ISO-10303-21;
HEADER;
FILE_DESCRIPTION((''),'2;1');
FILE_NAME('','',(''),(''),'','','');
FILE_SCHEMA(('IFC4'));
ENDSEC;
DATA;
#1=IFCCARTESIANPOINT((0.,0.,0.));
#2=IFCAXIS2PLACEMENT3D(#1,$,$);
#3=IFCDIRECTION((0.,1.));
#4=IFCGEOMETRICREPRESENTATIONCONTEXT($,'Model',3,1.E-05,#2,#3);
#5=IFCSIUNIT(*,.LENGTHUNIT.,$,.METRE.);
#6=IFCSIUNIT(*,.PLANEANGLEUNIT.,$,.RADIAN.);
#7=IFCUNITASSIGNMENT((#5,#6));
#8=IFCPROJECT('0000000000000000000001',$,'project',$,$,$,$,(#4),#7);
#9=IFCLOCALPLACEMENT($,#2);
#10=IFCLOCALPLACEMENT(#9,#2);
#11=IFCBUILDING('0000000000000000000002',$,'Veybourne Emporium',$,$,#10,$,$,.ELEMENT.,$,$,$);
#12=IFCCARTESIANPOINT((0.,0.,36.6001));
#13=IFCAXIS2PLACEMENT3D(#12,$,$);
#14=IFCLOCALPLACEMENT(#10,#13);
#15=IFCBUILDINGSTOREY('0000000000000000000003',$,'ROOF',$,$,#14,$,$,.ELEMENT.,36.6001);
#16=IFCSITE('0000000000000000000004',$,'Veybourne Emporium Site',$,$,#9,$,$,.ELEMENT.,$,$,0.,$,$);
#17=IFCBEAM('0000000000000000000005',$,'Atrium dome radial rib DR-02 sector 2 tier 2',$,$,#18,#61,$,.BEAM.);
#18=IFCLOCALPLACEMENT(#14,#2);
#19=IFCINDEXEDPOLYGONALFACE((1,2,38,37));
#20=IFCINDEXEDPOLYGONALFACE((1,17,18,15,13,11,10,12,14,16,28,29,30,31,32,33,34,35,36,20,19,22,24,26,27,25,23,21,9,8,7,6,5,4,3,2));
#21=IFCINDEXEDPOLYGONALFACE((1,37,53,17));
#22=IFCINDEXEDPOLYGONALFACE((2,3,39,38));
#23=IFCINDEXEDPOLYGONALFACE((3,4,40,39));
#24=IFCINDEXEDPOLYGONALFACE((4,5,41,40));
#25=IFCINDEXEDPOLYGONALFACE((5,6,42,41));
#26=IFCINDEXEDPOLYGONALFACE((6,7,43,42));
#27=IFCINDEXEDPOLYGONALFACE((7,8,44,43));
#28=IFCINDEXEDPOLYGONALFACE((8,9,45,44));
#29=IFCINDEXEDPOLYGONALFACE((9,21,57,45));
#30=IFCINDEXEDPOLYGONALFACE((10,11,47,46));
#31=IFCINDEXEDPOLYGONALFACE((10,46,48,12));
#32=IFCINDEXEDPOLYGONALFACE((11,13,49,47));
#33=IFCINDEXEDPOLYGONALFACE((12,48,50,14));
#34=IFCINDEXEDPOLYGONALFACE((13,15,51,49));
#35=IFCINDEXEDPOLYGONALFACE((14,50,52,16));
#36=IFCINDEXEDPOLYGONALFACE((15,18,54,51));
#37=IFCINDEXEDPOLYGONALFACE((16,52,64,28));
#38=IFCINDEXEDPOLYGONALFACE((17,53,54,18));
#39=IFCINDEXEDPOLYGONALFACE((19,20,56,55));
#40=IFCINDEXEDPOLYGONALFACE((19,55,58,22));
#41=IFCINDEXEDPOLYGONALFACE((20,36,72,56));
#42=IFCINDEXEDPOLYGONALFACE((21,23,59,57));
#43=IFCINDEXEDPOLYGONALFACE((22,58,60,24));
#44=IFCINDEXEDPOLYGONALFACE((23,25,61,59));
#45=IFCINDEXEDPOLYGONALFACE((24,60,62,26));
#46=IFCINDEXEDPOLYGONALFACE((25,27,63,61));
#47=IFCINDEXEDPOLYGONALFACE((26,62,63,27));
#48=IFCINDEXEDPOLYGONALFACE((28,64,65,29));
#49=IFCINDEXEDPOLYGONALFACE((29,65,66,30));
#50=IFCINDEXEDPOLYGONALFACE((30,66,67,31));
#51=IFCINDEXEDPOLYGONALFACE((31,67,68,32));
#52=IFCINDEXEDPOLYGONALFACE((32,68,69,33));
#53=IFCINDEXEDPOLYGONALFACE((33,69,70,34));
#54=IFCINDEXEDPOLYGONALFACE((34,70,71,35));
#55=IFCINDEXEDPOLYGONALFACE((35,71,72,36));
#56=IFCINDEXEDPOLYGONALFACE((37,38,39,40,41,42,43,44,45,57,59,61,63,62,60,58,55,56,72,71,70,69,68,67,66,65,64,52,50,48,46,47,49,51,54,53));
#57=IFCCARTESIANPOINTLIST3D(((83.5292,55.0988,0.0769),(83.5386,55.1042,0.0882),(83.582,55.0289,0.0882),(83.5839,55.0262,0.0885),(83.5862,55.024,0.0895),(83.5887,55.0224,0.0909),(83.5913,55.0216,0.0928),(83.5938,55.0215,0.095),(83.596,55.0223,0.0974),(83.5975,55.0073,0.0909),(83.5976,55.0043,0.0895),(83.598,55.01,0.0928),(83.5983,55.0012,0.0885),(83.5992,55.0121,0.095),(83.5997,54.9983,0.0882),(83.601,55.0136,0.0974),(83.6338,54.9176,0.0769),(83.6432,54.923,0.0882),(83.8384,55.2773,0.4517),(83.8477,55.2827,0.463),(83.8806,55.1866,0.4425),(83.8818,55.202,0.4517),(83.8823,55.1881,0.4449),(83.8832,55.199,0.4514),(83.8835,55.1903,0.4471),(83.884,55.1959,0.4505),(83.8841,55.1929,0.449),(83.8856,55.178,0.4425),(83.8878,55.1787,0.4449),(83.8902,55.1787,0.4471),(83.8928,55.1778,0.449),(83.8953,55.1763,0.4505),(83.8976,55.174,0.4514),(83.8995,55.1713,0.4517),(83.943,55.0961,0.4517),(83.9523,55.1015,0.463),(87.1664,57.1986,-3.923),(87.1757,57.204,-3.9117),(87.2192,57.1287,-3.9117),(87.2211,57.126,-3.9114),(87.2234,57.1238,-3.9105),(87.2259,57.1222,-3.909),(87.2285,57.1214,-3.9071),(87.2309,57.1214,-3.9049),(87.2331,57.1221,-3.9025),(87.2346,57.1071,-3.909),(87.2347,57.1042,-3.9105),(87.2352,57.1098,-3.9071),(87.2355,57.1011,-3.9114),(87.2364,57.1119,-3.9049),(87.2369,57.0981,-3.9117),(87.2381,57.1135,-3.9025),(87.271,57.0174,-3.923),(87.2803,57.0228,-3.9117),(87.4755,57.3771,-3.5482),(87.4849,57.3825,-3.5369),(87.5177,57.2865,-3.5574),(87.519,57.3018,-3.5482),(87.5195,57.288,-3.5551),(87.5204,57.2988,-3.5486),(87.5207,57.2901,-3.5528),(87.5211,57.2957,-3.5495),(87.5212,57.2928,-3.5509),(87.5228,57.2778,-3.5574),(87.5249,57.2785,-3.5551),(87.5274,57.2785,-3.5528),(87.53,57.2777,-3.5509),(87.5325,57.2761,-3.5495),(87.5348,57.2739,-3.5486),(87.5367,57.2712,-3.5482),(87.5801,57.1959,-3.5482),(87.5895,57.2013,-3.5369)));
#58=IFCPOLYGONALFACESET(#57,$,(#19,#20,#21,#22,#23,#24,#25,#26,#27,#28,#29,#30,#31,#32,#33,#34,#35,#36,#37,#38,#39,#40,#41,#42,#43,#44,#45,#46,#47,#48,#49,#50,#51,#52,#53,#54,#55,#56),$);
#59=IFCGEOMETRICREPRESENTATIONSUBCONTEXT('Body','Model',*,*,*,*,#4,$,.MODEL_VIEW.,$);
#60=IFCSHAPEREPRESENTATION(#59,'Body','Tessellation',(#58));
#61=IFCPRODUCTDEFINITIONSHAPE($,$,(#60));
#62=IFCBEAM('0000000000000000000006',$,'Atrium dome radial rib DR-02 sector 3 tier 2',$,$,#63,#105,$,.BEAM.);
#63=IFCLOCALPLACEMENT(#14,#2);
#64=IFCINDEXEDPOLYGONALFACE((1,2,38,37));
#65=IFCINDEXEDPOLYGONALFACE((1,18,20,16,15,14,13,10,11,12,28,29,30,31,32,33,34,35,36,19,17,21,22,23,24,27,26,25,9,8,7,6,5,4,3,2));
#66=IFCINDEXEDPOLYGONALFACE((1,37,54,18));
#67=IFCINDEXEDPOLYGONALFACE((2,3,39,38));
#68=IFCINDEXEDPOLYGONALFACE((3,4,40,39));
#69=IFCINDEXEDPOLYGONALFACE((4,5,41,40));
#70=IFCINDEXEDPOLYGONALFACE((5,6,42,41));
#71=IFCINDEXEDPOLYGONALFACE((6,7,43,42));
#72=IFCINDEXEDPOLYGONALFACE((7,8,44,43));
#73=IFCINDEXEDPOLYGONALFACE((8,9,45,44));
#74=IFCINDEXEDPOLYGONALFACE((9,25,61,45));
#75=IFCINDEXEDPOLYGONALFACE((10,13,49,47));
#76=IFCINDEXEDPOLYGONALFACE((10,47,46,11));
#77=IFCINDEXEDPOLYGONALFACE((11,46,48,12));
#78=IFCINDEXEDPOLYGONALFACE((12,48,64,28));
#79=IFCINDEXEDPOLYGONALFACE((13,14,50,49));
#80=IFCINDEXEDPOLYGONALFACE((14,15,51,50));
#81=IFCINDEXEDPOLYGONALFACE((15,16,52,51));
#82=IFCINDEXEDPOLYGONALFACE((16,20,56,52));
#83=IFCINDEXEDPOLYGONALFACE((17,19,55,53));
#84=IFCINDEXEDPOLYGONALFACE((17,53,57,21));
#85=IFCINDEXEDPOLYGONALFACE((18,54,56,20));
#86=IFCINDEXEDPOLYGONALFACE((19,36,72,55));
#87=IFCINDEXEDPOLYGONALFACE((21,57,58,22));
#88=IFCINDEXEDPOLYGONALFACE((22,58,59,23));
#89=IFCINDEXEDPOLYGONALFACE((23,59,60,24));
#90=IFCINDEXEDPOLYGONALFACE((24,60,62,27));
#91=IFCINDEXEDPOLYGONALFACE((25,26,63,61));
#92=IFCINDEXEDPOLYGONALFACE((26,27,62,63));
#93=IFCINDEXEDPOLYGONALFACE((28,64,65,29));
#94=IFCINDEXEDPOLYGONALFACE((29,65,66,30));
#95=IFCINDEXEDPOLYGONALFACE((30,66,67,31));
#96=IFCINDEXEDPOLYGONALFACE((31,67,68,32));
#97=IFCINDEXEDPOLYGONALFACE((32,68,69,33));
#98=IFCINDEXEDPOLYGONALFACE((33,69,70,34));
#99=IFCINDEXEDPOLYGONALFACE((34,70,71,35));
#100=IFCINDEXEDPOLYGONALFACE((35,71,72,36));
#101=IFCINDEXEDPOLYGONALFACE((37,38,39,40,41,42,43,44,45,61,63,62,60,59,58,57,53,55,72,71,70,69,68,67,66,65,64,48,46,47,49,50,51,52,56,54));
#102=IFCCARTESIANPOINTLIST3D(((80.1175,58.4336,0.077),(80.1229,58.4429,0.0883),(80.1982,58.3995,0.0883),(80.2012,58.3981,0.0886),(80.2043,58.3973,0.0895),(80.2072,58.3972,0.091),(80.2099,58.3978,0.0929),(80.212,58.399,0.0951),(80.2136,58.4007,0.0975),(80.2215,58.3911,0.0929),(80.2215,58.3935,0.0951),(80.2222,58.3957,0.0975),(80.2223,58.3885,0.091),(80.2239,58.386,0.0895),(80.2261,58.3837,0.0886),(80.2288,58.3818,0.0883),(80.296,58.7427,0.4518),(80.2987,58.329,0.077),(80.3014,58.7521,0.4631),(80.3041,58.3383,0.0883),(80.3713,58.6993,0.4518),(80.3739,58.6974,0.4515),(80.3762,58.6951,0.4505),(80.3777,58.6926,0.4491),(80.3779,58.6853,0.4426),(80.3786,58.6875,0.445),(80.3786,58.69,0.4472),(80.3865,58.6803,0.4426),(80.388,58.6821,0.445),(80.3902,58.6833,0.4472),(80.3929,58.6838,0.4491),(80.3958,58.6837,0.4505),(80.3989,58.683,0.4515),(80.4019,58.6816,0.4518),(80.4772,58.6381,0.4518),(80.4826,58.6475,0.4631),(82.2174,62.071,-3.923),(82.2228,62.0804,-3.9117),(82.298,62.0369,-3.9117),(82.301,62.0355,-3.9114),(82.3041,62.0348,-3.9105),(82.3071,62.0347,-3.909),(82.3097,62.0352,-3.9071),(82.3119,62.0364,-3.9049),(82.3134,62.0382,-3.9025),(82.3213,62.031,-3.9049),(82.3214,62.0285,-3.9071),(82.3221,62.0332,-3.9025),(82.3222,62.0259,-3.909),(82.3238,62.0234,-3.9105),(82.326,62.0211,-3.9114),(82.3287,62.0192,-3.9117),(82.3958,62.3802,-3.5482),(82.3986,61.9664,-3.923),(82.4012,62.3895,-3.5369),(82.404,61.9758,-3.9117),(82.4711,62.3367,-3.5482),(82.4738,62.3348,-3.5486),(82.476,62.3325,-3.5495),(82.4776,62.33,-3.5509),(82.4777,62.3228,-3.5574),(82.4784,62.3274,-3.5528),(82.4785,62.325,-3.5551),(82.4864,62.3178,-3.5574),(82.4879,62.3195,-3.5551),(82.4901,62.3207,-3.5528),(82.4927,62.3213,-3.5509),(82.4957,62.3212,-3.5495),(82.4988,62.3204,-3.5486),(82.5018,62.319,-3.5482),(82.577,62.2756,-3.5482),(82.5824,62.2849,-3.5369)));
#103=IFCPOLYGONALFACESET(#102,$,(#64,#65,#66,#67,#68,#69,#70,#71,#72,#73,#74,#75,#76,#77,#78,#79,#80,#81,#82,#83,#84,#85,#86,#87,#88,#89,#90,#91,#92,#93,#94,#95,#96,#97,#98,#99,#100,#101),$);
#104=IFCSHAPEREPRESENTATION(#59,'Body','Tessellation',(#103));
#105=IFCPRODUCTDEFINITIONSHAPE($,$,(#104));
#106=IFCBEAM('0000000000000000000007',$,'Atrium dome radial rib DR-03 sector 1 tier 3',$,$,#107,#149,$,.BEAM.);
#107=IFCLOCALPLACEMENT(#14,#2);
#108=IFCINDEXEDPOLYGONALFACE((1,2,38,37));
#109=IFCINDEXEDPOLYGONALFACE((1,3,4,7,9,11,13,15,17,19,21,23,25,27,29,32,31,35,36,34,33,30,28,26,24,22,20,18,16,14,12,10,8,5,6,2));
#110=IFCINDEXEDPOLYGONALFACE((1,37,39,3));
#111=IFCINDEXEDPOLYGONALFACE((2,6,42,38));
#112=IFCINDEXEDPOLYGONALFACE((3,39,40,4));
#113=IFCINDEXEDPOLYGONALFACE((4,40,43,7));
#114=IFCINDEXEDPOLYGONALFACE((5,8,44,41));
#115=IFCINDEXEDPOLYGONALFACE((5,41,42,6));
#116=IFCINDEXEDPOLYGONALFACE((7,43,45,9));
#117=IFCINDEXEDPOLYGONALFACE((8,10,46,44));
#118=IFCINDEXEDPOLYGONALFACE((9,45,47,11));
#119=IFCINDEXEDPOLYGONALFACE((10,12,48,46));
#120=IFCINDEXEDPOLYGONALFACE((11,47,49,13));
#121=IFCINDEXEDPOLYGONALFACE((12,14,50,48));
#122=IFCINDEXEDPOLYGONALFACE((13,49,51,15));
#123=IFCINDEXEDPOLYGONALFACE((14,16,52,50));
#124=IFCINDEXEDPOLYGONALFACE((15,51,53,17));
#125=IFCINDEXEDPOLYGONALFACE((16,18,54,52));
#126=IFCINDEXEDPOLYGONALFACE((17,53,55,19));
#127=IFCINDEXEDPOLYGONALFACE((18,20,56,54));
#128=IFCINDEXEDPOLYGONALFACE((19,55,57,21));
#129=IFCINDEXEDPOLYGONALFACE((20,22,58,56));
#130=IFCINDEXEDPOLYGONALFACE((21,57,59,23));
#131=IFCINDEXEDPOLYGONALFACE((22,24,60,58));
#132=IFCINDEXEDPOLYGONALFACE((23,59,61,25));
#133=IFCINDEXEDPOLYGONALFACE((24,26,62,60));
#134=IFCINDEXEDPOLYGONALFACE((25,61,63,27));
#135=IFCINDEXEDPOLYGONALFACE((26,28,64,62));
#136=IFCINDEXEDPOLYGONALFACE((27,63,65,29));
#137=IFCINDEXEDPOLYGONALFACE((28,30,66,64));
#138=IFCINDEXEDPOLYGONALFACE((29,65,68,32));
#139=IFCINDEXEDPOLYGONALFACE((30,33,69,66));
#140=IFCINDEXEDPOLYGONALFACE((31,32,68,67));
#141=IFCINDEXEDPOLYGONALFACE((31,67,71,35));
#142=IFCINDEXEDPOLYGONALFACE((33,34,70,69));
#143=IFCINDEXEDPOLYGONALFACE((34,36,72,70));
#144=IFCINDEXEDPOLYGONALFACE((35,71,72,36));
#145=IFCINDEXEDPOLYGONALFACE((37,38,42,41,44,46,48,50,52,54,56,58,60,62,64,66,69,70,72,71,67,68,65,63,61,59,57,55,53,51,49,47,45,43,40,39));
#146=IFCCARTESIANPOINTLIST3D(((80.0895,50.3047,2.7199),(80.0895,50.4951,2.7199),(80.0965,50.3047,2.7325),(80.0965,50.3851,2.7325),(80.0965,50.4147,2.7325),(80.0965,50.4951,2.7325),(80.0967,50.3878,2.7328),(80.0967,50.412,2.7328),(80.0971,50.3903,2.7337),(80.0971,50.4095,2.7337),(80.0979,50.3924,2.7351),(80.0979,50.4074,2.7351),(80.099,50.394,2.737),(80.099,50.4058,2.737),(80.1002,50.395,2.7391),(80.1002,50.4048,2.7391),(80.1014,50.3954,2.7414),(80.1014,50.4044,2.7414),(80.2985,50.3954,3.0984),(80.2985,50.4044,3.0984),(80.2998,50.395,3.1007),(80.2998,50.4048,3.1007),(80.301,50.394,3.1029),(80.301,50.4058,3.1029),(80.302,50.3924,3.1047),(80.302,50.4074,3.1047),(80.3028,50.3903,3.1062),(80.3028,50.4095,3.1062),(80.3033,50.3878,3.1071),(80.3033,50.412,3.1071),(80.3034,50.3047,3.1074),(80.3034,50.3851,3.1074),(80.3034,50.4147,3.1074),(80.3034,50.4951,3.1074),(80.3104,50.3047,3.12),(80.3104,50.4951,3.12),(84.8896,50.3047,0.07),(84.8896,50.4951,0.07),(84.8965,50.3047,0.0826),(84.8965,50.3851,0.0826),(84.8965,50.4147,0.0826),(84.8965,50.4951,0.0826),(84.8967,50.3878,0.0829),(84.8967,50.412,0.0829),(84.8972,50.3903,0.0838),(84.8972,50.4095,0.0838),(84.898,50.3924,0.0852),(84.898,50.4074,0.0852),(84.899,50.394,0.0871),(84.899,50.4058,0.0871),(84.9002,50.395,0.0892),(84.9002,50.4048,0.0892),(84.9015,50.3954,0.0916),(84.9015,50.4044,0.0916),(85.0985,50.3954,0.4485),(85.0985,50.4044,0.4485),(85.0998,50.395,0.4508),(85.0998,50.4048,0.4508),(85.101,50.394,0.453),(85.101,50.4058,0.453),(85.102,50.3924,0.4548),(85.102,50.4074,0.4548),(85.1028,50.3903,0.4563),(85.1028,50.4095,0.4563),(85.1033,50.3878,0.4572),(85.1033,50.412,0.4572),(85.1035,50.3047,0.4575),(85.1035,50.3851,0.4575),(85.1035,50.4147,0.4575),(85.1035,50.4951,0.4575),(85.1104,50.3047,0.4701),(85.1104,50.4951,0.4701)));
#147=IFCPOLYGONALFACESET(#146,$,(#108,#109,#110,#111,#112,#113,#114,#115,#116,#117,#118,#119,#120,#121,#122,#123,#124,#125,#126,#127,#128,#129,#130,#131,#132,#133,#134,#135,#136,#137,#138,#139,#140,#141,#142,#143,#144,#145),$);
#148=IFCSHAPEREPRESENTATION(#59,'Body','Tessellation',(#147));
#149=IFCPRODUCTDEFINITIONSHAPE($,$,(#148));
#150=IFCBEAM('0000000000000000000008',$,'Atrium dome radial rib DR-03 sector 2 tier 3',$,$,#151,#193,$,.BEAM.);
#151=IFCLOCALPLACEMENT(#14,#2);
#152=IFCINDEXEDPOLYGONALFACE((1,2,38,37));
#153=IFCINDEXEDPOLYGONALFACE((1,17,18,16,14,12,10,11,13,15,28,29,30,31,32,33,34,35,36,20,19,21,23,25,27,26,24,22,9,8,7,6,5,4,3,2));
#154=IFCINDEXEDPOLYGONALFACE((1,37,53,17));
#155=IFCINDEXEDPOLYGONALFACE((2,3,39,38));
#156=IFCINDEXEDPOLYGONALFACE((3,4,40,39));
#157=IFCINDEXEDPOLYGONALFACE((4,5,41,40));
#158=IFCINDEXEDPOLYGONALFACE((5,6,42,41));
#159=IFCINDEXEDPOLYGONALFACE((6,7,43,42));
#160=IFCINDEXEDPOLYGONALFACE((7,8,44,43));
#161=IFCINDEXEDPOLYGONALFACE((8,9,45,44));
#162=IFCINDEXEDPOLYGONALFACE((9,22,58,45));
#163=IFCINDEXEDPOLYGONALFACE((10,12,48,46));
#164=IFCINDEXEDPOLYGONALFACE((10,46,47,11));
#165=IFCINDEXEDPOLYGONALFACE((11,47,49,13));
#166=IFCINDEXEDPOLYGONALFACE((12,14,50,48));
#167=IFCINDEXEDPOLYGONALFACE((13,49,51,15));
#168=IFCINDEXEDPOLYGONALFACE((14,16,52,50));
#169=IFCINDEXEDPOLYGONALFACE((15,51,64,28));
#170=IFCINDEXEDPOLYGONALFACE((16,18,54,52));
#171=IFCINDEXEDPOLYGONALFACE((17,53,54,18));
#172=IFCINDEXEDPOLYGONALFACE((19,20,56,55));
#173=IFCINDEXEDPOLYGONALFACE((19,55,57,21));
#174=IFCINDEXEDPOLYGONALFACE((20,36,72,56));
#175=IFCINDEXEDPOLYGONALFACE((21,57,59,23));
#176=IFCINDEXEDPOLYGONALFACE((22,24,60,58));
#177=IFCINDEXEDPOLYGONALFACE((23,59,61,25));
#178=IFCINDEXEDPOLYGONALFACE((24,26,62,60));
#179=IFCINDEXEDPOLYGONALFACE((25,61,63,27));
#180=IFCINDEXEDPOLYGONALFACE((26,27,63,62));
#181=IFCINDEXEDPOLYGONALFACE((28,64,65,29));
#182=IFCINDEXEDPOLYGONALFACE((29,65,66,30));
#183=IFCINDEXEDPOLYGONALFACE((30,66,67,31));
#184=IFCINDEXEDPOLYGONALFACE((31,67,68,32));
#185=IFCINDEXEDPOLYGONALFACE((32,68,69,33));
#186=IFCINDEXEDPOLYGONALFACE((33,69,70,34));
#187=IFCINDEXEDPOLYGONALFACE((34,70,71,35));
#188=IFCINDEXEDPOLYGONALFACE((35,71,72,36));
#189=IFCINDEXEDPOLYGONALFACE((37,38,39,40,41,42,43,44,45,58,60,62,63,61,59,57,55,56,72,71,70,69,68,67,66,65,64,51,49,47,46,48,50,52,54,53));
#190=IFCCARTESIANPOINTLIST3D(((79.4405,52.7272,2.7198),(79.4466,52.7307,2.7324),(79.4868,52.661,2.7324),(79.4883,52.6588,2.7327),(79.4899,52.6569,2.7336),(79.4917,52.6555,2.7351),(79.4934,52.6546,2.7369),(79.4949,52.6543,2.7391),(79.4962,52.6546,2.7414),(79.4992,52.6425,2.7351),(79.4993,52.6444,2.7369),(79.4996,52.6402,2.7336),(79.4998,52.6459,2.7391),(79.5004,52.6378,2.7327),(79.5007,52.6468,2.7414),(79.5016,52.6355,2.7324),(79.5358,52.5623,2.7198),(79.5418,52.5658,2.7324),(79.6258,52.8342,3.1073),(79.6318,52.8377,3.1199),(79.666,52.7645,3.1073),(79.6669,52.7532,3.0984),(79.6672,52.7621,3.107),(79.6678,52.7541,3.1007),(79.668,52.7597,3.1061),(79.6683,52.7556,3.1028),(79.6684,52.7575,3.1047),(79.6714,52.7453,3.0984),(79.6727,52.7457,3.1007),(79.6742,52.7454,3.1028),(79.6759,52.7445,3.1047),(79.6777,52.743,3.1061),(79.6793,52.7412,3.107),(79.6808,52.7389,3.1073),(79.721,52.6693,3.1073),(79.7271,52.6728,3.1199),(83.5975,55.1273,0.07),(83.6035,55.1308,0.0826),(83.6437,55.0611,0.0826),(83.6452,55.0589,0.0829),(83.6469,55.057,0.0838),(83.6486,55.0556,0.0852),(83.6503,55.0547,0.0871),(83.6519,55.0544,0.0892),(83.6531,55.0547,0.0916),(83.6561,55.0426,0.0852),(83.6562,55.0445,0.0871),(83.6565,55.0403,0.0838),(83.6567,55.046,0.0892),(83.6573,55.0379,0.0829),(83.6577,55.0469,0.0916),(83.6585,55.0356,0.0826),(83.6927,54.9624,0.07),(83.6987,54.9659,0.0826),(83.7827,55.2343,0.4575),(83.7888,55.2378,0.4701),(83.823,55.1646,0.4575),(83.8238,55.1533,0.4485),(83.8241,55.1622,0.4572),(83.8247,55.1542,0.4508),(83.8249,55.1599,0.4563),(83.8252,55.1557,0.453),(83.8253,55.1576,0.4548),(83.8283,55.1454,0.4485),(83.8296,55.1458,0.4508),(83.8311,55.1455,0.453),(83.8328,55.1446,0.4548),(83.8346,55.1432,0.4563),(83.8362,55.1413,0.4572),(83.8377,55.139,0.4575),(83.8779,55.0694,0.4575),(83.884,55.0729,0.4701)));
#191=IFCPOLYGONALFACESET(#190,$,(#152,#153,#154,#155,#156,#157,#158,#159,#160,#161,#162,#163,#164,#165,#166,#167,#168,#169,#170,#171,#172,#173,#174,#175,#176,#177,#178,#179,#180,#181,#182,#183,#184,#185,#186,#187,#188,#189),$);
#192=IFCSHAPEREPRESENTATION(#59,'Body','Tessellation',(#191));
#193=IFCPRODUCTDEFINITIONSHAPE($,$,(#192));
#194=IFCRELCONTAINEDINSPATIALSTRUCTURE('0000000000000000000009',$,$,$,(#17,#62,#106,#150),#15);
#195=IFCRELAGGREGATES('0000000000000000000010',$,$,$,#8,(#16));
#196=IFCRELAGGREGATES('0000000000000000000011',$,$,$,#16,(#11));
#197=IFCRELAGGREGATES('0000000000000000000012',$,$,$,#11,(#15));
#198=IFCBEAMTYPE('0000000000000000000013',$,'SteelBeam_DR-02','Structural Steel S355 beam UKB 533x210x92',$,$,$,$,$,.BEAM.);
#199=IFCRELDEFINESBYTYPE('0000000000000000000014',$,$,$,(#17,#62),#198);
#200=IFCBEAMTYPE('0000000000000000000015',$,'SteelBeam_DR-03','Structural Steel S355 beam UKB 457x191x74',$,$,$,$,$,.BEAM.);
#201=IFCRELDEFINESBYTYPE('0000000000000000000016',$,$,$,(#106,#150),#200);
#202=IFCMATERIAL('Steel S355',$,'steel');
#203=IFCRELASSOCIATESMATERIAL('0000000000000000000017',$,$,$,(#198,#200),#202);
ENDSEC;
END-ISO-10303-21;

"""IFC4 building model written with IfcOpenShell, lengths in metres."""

from ifc_helpers import new_model, si_unit, direction, frame, origin, origin_2d, place, context, subcontext, project, spatial, i_section, extrude, material, material_profile, profile_set, type_object, element, save


model = new_model("IFC4")

# Units and contexts
model_context = context("Model", 3, precision=1e-05, world=origin(), true_north=direction((0.0, 1.0)))
body_context = subcontext(model_context, "Body", "Model", "MODEL_VIEW")
ifc_project = project(units=[si_unit("LENGTHUNIT", "METRE"), si_unit("PLANEANGLEUNIT", "RADIAN")], contexts=[model_context])

# Site, building, storey
site_placement = place(None, origin())
site = spatial("IfcSite", under=ifc_project, at=site_placement, Name="Veybourne Emporium Site", CompositionType="ELEMENT", RefElevation=0.0)
building_placement = place(site_placement, origin())
building = spatial("IfcBuilding", under=site, at=building_placement, Name="Veybourne Emporium", CompositionType="ELEMENT")
storey_placement = place(building_placement, frame((0.0, 0.0, 36.6001)))
storey = spatial("IfcBuildingStorey", under=building, at=storey_placement, Name="ROOF", CompositionType="ELEMENT", Elevation=36.6001)

# Beams
ifc_material_1 = material(Name="Steel S355", Category="steel")
ifc_material_profile_1 = material_profile(ifc_material_1, i_section(OverallWidth=0.2092, OverallDepth=0.5332, WebThickness=0.01, FlangeThickness=0.0156, FilletRadius=0.0127, at=origin_2d()), Name="UKB 533x210x92")
ifc_profile_set_1 = profile_set([ifc_material_profile_1], Name="Steel S355")
beam_type_1 = type_object("IfcBeamType", Name="SteelBeam_DR-02", Description="Structural Steel S355 beam UKB 533x210x92", PredefinedType="BEAM", material=ifc_profile_set_1)
beam_1_placement = place(storey_placement, frame((87.3779, 57.2, -3.73), z_axis=(-0.627117, -0.362051, 0.689669), x_axis=(0.499984, -0.866035, 0.0)))
element("IfcBeam", 1, at=beam_1_placement, inside=storey, type_object=beam_type_1, Name="Atrium dome radial rib DR-02 sector 2 tier 2", PredefinedType="BEAM", context=body_context, shape_type="SweptSolid", body=[
    extrude(i_section(OverallWidth=0.2092, OverallDepth=0.5332, WebThickness=0.01, FlangeThickness=0.0156, FilletRadius=0.0127, at=origin_2d()), origin(), (0.0, 0.0, 1.0), 5.7998),
])
beam_2_placement = place(storey_placement, frame((82.3999, 62.178, -3.73), z_axis=(-0.362041, -0.627143, 0.689651), x_axis=(0.866049, -0.499959, 0.0)))
element("IfcBeam", 2, at=beam_2_placement, inside=storey, type_object=beam_type_1, Name="Atrium dome radial rib DR-02 sector 3 tier 2", PredefinedType="BEAM", context=body_context, shape_type="SweptSolid", body=[
    extrude(i_section(OverallWidth=0.2092, OverallDepth=0.5332, WebThickness=0.01, FlangeThickness=0.0156, FilletRadius=0.0127, at=origin_2d()), origin(), (0.0, 0.0, 1.0), 5.8),
])
ifc_material_profile_2 = material_profile(ifc_material_1, i_section(OverallWidth=0.1904, OverallDepth=0.457, WebThickness=0.009, FlangeThickness=0.0144, FilletRadius=0.0103, at=origin_2d()), Name="UKB 457x191x74")
ifc_profile_set_2 = profile_set([ifc_material_profile_2], Name="Steel S355")
beam_type_2 = type_object("IfcBeamType", Name="SteelBeam_DR-03", Description="Structural Steel S355 beam UKB 457x191x74", PredefinedType="BEAM", material=ifc_profile_set_2)
for number, where, z_axis, x_axis, name in (
    (3, (85.0, 50.3999, 0.27), (-0.875454, 0.0, 0.483301), (0.0, -1.0, 0.0), "Atrium dome radial rib DR-03 sector 1 tier 3"),
    (4, (83.7407, 55.1001, 0.27), (-0.75816, -0.437744, 0.483295), (0.500017, -0.866015, 0.0), "Atrium dome radial rib DR-03 sector 2 tier 3"),
):
    element("IfcBeam", number, at=place(storey_placement, frame(where, z_axis=z_axis, x_axis=x_axis)), inside=storey, type_object=beam_type_2, Name=name, PredefinedType="BEAM", context=body_context, shape_type="SweptSolid", body=[
        extrude(i_section(OverallWidth=0.1904, OverallDepth=0.457, WebThickness=0.009, FlangeThickness=0.0144, FilletRadius=0.0103, at=origin_2d()), origin(), (0.0, 0.0, 1.0), 5.4829),
    ])

save(model, "model.ifc")
